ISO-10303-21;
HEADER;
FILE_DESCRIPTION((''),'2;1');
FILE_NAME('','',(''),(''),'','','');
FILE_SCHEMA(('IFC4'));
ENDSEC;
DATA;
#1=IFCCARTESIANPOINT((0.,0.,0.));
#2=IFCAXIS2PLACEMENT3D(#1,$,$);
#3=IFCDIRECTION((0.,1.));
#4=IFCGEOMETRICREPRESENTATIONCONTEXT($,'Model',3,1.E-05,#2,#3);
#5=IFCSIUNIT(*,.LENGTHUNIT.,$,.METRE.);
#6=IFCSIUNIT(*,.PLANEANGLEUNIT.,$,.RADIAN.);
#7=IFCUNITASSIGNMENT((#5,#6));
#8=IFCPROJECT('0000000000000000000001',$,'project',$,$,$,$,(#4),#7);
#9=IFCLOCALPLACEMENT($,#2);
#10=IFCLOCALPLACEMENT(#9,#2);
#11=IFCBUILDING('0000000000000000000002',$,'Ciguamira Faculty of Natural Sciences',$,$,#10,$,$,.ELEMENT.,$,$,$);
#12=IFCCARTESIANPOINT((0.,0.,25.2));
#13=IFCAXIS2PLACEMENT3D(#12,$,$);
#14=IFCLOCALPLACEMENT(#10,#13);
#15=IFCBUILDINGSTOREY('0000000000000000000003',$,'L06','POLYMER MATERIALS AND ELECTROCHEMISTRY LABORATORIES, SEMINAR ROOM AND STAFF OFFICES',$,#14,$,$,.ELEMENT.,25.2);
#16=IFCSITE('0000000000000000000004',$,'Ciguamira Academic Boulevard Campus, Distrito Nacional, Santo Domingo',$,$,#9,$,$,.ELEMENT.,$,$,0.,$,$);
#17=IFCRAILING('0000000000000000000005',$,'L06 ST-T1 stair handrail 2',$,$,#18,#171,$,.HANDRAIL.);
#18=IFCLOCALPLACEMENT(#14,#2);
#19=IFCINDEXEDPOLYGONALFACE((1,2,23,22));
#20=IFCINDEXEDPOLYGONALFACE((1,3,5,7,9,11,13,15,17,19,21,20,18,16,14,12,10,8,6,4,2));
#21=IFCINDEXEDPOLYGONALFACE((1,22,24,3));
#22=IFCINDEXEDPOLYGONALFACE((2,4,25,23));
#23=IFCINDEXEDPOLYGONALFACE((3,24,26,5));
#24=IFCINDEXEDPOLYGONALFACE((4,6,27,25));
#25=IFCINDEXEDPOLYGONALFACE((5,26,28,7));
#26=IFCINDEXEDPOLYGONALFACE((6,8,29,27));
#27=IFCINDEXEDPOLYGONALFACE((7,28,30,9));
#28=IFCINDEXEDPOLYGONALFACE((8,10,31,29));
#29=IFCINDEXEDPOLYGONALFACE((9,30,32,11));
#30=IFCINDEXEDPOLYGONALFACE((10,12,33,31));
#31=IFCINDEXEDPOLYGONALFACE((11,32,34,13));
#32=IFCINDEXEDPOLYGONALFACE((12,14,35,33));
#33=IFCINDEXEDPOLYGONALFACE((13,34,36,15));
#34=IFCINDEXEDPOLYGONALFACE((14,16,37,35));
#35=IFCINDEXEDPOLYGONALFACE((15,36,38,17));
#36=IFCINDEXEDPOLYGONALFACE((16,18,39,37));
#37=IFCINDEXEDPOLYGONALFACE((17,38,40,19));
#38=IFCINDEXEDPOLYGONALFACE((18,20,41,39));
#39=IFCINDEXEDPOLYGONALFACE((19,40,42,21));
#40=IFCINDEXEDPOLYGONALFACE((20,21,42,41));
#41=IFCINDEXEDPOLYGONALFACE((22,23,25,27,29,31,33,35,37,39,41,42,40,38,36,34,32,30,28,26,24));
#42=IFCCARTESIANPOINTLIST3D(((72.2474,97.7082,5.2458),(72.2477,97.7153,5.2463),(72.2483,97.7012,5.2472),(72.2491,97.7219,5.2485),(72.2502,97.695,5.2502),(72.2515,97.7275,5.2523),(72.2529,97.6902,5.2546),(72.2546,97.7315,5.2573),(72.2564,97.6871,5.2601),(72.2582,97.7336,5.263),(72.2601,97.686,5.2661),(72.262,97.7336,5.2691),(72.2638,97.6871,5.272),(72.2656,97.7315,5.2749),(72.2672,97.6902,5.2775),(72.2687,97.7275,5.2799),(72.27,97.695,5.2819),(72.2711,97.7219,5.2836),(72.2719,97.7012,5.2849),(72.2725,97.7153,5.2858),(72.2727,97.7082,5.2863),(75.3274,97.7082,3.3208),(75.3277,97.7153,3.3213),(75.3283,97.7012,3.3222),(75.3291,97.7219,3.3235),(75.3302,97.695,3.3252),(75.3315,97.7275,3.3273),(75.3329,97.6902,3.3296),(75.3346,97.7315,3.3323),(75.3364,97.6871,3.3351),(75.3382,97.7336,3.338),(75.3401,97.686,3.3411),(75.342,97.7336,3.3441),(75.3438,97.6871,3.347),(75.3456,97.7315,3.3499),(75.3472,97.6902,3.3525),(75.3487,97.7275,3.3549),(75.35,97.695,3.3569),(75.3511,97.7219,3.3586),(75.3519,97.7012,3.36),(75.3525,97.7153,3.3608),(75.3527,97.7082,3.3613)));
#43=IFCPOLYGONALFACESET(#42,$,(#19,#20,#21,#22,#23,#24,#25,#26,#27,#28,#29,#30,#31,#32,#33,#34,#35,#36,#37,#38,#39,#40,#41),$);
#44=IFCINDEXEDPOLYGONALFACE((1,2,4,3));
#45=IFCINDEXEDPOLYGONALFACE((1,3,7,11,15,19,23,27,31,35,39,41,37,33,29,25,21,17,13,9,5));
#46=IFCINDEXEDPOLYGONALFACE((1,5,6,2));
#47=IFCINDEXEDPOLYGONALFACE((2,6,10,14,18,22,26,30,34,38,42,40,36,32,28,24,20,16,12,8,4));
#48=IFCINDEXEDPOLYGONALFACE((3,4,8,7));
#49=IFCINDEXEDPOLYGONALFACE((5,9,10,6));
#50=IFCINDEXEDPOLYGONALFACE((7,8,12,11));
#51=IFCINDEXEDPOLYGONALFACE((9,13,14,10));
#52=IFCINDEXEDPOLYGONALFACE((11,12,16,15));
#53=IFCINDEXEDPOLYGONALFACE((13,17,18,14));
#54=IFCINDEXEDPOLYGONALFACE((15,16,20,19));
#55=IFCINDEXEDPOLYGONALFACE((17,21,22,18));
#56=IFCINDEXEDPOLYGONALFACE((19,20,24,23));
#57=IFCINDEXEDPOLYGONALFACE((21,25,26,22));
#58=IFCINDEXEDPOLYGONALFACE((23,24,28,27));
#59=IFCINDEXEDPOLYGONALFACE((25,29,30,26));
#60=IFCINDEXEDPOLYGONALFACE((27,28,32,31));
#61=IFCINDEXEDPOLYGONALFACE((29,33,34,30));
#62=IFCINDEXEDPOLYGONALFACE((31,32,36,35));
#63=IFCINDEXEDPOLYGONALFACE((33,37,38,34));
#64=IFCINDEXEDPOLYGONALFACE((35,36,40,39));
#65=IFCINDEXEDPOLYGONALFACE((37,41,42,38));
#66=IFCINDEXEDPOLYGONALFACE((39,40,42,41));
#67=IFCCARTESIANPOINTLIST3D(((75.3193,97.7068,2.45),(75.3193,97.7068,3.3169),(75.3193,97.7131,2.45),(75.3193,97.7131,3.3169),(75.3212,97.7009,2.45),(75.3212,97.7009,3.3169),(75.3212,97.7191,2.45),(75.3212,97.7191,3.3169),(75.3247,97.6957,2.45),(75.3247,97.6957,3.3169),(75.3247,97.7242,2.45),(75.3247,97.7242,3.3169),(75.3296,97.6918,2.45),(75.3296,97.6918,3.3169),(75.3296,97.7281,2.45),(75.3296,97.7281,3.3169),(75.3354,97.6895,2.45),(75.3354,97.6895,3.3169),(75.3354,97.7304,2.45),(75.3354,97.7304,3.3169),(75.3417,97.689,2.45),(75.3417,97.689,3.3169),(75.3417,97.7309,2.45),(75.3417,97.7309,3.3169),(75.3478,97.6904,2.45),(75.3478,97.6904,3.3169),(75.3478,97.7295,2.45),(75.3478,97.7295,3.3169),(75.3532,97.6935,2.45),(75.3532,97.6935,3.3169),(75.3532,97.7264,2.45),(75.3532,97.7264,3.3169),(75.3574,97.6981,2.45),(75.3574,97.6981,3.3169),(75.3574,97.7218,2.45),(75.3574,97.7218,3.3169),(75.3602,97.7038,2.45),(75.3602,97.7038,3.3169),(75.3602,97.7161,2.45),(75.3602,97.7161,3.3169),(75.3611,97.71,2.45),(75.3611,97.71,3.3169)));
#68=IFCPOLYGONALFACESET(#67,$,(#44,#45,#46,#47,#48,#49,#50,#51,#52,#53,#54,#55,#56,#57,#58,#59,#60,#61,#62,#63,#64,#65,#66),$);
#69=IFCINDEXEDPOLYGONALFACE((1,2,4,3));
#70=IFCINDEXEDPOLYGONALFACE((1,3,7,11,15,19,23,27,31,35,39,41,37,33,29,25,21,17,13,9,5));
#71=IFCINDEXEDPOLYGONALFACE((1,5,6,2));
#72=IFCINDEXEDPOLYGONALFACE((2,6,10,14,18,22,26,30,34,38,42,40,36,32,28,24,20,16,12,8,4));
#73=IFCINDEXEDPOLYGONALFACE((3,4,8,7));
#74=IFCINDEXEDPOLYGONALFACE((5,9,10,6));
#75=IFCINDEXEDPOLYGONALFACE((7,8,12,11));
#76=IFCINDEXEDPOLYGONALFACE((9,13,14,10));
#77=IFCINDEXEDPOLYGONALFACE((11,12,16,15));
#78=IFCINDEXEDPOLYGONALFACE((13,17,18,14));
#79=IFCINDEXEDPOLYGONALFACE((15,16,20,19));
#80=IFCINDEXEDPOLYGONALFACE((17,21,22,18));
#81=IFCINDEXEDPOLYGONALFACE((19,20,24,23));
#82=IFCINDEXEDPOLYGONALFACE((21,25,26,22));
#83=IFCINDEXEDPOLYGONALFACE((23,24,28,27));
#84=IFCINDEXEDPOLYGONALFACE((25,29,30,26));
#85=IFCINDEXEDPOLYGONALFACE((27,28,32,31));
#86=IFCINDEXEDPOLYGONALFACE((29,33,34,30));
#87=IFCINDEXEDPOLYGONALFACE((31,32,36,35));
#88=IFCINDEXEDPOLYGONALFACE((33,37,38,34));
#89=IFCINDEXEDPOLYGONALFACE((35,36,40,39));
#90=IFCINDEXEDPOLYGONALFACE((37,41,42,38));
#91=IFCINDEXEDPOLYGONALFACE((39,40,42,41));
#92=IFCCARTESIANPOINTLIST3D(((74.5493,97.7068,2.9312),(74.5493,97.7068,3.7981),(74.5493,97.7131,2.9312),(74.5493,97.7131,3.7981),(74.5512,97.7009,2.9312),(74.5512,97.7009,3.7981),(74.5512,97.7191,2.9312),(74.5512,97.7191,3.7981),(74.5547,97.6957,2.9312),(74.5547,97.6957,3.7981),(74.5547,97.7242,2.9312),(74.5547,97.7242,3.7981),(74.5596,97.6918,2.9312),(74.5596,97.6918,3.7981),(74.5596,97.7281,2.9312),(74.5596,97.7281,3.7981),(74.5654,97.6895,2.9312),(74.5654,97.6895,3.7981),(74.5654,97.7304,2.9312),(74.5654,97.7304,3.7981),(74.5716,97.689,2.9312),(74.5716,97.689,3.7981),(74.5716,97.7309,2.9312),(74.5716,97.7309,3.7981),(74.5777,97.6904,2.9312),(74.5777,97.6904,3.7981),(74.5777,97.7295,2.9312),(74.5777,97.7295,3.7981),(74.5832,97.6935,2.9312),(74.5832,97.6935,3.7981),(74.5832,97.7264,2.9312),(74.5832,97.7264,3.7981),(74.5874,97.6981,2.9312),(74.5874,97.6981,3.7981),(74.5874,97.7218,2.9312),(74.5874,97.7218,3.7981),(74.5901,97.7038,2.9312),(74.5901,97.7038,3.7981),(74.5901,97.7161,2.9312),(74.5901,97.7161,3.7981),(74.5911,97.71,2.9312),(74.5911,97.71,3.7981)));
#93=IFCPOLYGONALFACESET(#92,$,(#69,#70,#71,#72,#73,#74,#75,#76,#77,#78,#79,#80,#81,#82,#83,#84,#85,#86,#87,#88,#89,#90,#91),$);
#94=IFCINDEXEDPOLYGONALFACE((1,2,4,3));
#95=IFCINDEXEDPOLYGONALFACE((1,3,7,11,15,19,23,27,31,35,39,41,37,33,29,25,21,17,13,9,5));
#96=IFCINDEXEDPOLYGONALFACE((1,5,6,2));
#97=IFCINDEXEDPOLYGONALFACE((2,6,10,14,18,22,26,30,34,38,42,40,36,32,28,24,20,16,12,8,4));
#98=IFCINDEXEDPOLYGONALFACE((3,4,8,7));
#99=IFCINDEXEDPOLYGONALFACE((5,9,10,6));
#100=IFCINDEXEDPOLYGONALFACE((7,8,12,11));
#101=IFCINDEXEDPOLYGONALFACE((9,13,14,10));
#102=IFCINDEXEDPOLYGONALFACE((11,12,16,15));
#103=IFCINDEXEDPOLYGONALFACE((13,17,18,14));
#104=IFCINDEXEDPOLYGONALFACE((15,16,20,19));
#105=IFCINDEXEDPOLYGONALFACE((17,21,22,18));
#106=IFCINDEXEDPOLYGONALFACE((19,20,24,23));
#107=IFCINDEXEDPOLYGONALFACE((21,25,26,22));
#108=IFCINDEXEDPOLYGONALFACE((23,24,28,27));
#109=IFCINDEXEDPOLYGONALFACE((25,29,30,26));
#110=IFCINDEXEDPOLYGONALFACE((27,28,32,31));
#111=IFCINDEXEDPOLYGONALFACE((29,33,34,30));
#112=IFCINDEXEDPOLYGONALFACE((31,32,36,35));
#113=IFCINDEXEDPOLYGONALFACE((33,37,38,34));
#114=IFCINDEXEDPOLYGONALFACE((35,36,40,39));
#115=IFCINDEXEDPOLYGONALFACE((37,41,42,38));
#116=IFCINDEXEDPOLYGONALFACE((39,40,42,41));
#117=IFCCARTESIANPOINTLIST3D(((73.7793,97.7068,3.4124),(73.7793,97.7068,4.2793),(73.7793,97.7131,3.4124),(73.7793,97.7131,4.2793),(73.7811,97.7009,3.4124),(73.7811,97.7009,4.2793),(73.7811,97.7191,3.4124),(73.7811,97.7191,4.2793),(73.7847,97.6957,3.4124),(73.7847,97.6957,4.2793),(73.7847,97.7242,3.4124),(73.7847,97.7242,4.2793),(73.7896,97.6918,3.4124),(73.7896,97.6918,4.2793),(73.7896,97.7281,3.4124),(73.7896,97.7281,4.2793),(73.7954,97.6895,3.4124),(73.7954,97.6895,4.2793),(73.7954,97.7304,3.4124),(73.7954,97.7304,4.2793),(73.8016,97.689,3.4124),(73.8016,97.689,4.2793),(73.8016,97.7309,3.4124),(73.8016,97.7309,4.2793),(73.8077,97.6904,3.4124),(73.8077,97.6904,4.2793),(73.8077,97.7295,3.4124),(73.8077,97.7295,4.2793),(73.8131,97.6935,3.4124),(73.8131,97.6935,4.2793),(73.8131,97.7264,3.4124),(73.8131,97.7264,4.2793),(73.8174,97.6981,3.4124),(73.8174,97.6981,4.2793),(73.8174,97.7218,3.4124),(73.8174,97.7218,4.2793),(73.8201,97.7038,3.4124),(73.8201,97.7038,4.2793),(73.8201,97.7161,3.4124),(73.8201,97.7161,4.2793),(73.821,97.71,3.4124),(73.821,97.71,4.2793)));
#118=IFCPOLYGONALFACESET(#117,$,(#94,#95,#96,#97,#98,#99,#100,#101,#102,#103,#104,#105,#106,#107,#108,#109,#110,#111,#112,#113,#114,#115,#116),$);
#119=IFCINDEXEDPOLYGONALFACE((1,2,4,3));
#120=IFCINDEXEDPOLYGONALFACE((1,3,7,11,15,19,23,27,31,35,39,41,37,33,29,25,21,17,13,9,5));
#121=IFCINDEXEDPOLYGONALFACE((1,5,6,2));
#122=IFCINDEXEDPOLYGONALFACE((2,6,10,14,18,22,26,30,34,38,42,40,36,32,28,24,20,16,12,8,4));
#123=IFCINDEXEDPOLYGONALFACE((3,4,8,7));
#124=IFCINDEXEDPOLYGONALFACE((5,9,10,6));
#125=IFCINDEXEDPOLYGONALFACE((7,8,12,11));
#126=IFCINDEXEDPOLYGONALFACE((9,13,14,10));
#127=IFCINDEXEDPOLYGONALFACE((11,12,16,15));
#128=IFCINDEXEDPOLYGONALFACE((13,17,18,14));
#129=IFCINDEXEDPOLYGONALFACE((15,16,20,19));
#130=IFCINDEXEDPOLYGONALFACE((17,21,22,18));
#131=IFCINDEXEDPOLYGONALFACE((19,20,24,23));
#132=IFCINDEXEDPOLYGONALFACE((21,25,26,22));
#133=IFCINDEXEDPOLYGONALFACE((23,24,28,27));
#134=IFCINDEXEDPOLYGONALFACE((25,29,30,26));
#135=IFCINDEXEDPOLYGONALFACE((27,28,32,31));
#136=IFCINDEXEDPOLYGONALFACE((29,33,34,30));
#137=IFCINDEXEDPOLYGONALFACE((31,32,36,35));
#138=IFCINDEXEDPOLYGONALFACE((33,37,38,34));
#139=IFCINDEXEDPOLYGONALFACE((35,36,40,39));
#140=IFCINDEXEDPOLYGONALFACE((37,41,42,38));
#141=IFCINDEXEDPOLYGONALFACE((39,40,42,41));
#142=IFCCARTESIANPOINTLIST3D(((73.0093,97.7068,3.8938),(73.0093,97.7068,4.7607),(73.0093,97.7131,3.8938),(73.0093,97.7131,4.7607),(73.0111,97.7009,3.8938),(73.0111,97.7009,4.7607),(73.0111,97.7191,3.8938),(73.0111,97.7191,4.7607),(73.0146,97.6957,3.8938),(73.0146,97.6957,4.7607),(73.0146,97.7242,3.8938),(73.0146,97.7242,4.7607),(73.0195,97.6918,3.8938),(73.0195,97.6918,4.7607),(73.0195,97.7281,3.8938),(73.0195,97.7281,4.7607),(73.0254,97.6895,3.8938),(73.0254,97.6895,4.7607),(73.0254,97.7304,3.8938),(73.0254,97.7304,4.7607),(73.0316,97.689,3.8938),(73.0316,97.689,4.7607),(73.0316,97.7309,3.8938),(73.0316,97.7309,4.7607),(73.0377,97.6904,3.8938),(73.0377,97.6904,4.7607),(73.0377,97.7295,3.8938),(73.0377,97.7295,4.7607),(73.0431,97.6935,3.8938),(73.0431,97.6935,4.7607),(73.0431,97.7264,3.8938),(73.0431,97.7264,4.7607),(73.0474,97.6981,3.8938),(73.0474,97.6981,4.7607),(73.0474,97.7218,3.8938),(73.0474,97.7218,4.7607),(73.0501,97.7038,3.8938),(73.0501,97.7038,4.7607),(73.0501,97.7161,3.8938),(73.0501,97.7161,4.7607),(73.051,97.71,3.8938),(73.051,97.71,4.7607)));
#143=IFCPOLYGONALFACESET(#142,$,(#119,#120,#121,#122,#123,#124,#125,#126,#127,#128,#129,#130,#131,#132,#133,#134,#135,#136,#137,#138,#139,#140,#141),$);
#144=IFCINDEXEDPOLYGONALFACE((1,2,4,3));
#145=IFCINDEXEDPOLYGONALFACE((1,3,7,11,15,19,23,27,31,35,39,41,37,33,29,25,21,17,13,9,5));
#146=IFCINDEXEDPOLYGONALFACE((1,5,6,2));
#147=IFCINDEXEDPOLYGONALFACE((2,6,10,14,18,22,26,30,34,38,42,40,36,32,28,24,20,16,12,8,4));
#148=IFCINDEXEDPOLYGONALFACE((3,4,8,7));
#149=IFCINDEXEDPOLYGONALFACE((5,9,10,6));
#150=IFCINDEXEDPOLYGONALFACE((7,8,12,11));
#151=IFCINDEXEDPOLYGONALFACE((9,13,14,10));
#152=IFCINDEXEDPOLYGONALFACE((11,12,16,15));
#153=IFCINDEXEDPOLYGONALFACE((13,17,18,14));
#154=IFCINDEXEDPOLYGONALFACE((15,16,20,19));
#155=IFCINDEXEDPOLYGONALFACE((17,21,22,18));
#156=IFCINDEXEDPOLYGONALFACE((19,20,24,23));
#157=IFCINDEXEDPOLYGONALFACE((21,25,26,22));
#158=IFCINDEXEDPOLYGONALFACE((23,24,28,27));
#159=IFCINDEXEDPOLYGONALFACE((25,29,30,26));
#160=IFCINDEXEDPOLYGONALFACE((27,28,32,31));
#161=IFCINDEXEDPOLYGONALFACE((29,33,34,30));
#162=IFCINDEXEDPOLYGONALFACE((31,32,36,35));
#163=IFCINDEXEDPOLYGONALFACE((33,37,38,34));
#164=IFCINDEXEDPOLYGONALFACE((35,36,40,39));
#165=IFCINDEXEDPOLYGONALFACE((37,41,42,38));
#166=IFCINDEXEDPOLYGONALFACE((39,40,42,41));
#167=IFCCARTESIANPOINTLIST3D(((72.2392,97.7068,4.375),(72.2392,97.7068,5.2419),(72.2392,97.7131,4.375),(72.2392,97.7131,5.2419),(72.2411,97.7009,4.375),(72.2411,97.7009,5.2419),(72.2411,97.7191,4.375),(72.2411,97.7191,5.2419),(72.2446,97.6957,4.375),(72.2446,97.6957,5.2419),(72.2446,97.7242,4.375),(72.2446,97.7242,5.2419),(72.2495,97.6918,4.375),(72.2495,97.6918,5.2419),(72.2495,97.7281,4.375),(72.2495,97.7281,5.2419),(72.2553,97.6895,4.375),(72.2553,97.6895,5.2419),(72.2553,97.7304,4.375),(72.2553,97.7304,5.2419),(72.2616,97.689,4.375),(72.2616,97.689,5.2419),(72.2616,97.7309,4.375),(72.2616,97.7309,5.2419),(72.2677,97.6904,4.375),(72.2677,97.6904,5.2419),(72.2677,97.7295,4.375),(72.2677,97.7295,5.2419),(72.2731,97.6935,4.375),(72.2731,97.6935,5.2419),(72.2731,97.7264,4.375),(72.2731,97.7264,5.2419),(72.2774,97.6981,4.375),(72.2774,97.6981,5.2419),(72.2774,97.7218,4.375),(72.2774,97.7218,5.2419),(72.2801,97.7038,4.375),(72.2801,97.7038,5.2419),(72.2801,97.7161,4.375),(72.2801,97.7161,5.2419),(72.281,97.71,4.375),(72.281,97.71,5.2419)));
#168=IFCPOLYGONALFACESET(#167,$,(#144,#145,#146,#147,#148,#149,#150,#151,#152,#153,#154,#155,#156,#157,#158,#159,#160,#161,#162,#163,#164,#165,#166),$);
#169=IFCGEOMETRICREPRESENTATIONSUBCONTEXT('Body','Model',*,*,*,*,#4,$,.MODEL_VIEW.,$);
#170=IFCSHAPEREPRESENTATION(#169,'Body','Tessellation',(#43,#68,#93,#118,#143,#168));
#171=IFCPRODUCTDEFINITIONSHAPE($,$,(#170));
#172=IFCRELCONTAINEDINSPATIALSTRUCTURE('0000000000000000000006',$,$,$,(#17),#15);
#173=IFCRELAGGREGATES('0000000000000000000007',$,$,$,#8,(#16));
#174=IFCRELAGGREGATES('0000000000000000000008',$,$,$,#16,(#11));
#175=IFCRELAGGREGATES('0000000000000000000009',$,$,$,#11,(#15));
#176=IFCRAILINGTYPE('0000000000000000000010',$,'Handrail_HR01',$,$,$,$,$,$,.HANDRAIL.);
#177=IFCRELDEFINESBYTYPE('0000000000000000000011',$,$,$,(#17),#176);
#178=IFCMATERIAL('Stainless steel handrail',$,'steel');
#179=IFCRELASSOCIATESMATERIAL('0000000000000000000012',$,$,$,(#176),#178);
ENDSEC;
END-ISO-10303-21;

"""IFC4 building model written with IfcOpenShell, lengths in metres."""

from ifc_helpers import new_model, si_unit, direction, frame, origin, origin_2d, place, context, subcontext, project, spatial, circle, extrude, material, type_object, element, save


model = new_model("IFC4")

# Units and contexts
model_context = context("Model", 3, precision=1e-05, world=origin(), true_north=direction((0.0, 1.0)))
body_context = subcontext(model_context, "Body", "Model", "MODEL_VIEW")
ifc_project = project(units=[si_unit("LENGTHUNIT", "METRE"), si_unit("PLANEANGLEUNIT", "RADIAN")], contexts=[model_context])

# Site, building, storey
site_placement = place(None, origin())
site = spatial("IfcSite", under=ifc_project, at=site_placement, Name="Ciguamira Academic Boulevard Campus, Distrito Nacional, Santo Domingo", CompositionType="ELEMENT", RefElevation=0.0)
building_placement = place(site_placement, origin())
building = spatial("IfcBuilding", under=site, at=building_placement, Name="Ciguamira Faculty of Natural Sciences", CompositionType="ELEMENT")
storey_placement = place(building_placement, frame((0.0, 0.0, 25.2)))
storey = spatial("IfcBuildingStorey", under=building, at=storey_placement, Name="L06", Description="POLYMER MATERIALS AND ELECTROCHEMISTRY LABORATORIES, SEMINAR ROOM AND STAFF OFFICES", CompositionType="ELEMENT", Elevation=25.2)

# Railing
ifc_material_1 = material(Name="Stainless steel handrail", Category="steel")
railing_type_1 = type_object("IfcRailingType", Name="Handrail_HR01", PredefinedType="HANDRAIL", material=ifc_material_1)
railing_1_placement = place(storey_placement, frame((75.3401, 97.71, 2.45)))
element("IfcRailing", 1, at=railing_1_placement, inside=storey, type_object=railing_type_1, Name="L06 ST-T1 stair handrail 2", PredefinedType="HANDRAIL", context=body_context, shape_type="SweptSolid", body=[
    extrude(circle(Radius=0.0239, at=origin_2d()), frame((0.0, 0.0, 0.8911), z_axis=(-0.847998, 0.0, 0.529999), x_axis=(0.0, -1.0, 0.0)), (0.0, 0.0, 1.0), 3.6321),
    extrude(circle(Radius=0.021, at=origin_2d()), origin(), (0.0, 0.0, 1.0), 0.8669),
    extrude(circle(Radius=0.021, at=origin_2d()), frame((-0.77, 0.0, 0.4812)), (0.0, 0.0, 1.0), 0.8669),
    extrude(circle(Radius=0.021, at=origin_2d()), frame((-1.54, 0.0, 0.9624)), (0.0, 0.0, 1.0), 0.8669),
    extrude(circle(Radius=0.021, at=origin_2d()), frame((-2.3101, 0.0, 1.4438)), (0.0, 0.0, 1.0), 0.8669),
    extrude(circle(Radius=0.021, at=origin_2d()), frame((-3.0801, 0.0, 1.925)), (0.0, 0.0, 1.0), 0.8669),
])

save(model, "model.ifc")
